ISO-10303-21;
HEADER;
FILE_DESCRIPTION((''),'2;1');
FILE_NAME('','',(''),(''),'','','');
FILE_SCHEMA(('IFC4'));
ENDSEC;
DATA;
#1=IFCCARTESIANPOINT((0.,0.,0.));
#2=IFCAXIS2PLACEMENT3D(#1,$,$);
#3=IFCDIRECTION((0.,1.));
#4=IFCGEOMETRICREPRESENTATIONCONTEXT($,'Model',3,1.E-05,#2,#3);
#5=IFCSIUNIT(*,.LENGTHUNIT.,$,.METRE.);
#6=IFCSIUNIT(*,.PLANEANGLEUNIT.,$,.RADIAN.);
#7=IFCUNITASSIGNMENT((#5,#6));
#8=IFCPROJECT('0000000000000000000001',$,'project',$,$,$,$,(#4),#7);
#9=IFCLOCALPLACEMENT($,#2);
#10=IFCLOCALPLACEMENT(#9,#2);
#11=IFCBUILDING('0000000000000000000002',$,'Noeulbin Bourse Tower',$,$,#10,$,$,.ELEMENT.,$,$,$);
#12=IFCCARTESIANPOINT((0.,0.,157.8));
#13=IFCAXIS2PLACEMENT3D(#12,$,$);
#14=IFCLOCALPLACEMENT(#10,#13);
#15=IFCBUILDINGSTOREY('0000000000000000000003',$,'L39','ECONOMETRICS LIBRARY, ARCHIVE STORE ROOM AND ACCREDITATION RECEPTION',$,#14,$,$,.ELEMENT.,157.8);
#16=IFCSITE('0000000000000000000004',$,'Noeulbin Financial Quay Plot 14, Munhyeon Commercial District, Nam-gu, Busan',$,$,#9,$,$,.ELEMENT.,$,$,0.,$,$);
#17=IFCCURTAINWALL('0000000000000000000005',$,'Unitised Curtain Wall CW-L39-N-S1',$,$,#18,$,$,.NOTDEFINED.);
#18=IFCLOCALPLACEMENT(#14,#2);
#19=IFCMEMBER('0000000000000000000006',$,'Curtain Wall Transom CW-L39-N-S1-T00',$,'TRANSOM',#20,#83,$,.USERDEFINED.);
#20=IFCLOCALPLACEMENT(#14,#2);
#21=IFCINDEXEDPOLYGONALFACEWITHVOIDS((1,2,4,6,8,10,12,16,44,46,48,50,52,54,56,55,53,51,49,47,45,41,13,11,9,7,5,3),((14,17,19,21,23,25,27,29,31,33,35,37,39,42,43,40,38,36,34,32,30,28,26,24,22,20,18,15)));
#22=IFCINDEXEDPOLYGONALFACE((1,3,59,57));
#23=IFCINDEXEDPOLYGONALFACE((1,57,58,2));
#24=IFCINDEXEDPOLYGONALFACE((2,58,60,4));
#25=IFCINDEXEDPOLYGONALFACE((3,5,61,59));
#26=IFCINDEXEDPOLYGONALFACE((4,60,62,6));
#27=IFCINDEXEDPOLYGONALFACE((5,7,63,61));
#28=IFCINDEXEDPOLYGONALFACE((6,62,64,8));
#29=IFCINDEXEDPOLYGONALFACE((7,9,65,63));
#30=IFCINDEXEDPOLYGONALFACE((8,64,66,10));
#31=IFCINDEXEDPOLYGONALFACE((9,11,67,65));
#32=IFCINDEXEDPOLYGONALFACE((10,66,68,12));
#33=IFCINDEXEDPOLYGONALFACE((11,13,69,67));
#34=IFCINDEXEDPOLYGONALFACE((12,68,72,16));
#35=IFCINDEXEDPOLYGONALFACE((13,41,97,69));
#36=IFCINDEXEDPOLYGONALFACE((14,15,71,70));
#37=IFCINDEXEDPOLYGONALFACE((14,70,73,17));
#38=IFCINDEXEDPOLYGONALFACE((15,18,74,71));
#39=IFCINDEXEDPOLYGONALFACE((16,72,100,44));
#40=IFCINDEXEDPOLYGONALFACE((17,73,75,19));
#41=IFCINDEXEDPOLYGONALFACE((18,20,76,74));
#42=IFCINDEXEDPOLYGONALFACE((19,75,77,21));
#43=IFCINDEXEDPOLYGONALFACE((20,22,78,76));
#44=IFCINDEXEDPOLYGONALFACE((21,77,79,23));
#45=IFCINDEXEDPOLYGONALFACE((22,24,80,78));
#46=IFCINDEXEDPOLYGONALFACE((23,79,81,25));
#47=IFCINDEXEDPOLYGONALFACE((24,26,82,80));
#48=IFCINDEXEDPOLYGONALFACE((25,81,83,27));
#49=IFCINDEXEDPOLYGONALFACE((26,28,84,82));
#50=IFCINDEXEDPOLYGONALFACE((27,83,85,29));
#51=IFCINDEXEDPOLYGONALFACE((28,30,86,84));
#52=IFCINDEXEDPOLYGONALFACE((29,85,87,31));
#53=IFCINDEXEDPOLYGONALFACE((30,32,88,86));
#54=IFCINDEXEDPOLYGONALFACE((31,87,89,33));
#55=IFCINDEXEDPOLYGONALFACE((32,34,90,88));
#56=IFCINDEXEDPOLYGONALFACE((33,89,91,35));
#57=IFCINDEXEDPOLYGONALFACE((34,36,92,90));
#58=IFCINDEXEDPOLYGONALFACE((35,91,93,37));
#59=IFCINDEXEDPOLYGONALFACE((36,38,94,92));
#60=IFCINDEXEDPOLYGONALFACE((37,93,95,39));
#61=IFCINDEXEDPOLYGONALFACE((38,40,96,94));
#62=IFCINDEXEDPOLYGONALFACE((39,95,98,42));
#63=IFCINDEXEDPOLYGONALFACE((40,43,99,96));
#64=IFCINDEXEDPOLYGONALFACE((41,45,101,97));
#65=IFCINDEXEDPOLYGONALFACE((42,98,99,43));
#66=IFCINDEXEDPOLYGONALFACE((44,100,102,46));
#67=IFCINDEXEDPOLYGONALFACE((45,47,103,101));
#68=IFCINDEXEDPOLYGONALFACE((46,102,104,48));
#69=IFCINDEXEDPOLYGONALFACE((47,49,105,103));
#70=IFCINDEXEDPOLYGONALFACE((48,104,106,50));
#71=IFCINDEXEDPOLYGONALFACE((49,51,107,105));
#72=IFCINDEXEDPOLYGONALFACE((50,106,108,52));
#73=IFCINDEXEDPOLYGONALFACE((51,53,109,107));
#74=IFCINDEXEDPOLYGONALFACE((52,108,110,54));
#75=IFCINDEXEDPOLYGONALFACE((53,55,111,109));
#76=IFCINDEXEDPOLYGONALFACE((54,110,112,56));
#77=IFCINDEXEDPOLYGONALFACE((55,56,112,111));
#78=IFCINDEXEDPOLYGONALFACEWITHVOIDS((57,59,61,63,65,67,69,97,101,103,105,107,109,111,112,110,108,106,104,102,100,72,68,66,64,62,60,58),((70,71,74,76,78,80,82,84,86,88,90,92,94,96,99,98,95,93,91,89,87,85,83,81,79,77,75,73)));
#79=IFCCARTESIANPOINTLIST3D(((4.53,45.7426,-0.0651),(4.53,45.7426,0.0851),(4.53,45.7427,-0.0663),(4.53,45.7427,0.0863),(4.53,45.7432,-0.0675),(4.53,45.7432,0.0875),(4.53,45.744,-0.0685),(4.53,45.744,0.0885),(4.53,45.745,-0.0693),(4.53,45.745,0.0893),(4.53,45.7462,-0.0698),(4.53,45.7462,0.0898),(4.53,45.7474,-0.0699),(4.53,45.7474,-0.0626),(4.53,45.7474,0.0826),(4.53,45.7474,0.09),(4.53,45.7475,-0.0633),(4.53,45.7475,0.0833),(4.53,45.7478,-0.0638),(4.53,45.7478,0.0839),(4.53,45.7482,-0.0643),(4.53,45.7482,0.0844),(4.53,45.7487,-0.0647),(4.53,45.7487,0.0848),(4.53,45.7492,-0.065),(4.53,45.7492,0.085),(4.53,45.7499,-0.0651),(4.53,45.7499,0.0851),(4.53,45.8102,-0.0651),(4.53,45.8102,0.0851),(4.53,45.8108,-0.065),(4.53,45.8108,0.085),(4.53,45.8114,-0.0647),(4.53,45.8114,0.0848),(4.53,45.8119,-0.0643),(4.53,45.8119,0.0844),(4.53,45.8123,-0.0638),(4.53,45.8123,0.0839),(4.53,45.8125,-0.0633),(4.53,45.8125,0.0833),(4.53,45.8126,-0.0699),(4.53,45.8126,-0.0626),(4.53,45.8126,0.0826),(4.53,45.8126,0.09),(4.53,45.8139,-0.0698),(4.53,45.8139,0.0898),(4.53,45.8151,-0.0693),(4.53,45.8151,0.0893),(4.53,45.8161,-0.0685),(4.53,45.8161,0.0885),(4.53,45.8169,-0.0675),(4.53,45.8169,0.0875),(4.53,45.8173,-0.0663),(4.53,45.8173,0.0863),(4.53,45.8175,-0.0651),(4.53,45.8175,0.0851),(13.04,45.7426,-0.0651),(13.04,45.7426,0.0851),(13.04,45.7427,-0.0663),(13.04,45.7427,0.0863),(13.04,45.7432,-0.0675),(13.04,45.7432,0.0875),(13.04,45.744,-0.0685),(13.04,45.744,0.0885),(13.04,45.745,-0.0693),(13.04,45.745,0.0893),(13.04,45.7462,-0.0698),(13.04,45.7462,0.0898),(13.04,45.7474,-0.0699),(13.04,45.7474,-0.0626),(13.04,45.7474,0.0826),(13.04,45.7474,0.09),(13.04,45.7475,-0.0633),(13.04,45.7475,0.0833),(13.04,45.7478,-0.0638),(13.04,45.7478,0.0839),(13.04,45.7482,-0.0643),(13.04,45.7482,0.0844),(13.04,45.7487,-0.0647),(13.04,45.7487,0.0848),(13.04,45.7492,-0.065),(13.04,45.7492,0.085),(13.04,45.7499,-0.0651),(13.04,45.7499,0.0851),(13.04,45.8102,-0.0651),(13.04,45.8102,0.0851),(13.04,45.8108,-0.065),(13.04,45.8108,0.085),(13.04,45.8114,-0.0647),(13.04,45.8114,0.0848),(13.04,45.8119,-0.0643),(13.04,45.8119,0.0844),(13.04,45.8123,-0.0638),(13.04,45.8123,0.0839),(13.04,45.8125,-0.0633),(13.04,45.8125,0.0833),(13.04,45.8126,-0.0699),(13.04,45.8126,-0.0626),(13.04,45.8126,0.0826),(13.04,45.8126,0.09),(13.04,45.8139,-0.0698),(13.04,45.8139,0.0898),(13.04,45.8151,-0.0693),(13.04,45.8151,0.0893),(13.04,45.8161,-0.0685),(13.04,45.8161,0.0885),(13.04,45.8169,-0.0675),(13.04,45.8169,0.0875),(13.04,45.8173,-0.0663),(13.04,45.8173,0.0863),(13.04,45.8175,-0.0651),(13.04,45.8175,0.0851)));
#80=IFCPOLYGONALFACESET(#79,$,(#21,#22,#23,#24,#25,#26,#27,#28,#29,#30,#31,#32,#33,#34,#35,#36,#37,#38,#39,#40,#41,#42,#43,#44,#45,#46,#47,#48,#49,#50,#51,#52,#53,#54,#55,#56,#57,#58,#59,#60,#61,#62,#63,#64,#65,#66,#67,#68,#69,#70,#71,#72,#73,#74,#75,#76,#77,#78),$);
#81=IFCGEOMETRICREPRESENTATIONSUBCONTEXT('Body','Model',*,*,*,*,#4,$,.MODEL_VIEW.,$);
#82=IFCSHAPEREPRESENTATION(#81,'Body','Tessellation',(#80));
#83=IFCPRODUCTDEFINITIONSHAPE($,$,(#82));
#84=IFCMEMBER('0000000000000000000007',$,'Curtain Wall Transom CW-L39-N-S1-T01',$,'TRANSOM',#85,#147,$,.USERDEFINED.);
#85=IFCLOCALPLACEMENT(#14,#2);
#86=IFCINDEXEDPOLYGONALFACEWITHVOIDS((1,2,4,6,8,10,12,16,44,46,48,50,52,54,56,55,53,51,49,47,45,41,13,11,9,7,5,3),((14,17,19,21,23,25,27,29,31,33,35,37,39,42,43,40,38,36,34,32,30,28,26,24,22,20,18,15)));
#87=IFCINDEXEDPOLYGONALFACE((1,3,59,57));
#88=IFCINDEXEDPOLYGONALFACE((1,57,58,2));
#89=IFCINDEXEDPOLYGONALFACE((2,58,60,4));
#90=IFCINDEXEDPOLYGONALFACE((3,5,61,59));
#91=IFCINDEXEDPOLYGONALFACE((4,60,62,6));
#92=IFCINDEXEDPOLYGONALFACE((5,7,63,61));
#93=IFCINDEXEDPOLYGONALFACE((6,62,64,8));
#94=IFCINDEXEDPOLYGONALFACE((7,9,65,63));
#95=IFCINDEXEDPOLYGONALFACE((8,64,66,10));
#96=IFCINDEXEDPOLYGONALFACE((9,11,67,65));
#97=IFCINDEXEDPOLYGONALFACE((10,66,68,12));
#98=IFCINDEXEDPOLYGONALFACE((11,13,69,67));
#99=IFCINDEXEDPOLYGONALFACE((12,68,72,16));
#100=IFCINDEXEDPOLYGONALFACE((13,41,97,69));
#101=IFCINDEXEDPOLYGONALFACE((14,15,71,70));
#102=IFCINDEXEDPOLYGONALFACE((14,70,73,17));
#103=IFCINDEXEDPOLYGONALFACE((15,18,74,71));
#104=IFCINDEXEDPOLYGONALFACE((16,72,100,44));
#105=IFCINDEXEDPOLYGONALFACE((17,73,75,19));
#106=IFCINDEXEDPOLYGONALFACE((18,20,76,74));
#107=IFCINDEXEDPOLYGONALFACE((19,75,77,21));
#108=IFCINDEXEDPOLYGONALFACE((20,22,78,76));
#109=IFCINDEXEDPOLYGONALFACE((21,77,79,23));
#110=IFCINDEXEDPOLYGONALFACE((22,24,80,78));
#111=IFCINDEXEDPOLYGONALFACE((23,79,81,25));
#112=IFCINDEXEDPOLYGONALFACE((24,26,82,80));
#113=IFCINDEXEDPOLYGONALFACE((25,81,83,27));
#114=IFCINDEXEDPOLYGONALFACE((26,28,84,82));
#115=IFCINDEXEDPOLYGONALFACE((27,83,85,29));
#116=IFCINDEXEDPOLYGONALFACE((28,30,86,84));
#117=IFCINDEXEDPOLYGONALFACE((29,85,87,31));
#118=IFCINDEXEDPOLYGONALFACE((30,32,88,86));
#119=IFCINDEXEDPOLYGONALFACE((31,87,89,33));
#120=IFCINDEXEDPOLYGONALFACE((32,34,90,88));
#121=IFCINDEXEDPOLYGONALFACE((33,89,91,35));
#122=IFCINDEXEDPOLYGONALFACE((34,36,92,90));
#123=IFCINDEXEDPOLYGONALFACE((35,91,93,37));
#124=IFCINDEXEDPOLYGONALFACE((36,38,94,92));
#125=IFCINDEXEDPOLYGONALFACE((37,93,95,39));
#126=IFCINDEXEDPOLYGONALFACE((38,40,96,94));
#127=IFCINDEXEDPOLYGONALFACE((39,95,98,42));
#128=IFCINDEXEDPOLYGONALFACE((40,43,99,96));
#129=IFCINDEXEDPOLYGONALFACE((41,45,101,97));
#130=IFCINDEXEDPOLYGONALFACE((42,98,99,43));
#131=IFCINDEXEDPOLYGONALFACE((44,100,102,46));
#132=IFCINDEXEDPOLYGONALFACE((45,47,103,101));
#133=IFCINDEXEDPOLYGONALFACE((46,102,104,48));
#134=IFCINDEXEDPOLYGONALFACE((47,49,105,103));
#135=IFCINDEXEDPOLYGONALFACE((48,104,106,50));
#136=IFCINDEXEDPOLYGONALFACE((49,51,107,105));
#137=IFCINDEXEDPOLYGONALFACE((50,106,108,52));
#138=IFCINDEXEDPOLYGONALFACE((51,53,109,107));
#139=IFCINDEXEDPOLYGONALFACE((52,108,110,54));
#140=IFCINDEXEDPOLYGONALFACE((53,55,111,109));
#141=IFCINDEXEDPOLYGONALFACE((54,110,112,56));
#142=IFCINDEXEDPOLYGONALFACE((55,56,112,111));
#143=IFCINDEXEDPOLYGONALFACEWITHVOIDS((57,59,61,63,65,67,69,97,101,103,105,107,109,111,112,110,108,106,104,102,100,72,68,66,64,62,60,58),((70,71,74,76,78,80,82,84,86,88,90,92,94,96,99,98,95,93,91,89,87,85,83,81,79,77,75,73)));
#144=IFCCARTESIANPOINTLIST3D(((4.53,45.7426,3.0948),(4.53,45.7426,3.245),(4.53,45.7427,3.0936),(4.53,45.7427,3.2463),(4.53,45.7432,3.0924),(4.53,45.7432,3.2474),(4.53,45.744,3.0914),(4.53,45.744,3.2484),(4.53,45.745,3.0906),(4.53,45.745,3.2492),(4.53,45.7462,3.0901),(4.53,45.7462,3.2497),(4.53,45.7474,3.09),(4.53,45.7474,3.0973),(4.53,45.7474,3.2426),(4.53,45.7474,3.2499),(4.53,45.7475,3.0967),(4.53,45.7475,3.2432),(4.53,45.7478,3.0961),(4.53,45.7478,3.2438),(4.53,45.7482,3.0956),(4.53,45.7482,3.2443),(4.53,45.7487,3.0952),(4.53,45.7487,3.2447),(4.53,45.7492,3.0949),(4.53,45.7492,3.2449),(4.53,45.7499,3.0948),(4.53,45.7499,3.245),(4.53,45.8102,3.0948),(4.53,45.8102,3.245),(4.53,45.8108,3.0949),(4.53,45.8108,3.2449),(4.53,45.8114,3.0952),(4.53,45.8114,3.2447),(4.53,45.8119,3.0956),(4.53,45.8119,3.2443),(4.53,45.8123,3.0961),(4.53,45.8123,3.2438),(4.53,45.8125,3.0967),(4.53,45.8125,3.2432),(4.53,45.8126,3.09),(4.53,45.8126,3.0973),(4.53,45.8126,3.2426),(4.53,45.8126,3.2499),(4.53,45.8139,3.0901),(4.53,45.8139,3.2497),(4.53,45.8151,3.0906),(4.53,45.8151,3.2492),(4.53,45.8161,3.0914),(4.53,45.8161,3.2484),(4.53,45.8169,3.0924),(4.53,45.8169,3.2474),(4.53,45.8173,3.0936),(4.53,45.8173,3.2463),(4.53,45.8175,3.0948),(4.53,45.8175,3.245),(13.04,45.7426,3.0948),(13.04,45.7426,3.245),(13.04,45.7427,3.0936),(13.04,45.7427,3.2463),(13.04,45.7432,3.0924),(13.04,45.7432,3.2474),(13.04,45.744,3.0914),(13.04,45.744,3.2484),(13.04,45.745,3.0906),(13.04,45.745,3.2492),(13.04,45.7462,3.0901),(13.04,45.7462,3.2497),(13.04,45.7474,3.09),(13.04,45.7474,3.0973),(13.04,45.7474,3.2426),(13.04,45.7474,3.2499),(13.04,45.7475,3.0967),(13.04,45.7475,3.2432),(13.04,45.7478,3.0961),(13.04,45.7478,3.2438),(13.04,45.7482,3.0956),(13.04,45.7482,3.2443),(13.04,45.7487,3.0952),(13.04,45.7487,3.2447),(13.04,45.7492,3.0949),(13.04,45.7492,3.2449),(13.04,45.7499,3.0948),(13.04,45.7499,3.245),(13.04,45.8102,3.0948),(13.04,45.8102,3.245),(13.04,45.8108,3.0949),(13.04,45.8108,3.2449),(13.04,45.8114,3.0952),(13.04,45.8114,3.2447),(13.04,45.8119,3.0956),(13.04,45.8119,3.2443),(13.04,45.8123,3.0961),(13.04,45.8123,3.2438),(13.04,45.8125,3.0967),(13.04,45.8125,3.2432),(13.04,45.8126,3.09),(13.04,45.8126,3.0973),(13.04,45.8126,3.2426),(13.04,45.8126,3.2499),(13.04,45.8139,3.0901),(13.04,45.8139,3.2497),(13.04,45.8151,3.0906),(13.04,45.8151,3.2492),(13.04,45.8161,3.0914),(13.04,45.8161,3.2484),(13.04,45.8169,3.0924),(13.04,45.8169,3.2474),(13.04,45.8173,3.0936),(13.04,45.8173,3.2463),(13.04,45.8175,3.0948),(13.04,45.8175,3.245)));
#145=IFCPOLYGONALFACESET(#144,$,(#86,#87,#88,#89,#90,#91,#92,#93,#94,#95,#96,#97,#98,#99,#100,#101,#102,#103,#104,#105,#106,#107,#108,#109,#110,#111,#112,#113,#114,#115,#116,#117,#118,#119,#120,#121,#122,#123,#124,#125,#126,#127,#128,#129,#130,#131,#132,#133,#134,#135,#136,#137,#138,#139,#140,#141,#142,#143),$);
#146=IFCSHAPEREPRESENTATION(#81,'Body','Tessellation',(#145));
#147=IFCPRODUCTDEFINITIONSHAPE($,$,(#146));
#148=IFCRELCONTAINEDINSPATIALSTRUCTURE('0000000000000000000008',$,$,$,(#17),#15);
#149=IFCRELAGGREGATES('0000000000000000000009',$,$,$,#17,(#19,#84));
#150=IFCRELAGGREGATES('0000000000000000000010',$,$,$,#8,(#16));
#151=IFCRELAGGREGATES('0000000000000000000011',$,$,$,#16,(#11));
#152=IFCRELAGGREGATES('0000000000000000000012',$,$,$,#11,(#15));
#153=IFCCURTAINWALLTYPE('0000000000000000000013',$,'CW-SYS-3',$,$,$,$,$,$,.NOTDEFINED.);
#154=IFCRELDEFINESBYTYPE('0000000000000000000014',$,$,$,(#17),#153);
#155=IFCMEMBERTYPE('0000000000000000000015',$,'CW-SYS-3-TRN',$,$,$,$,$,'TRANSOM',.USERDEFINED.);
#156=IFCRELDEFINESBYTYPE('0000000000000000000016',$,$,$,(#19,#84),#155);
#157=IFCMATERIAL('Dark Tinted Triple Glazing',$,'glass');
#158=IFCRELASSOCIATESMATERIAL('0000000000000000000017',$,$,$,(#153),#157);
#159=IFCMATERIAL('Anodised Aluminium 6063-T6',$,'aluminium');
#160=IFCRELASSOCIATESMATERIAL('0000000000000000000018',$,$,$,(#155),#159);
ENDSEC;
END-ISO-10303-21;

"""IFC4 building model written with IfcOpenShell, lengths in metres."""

from ifc_helpers import new_model, si_unit, direction, frame, origin, origin_2d, place, context, subcontext, project, spatial, hollow_rectangle, extrude, material, material_profile, profile_set, type_object, element, aggregate, save


model = new_model("IFC4")

# Units and contexts
model_context = context("Model", 3, precision=1e-05, world=origin(), true_north=direction((0.0, 1.0)))
body_context = subcontext(model_context, "Body", "Model", "MODEL_VIEW")
ifc_project = project(units=[si_unit("LENGTHUNIT", "METRE"), si_unit("PLANEANGLEUNIT", "RADIAN")], contexts=[model_context])

# Site, building, storey
site_placement = place(None, origin())
site = spatial("IfcSite", under=ifc_project, at=site_placement, Name="Noeulbin Financial Quay Plot 14, Munhyeon Commercial District, Nam-gu, Busan", CompositionType="ELEMENT", RefElevation=0.0)
building_placement = place(site_placement, origin())
building = spatial("IfcBuilding", under=site, at=building_placement, Name="Noeulbin Bourse Tower", CompositionType="ELEMENT")
storey_placement = place(building_placement, frame((0.0, 0.0, 157.8)))
storey = spatial("IfcBuildingStorey", under=building, at=storey_placement, Name="L39", Description="ECONOMETRICS LIBRARY, ARCHIVE STORE ROOM AND ACCREDITATION RECEPTION", CompositionType="ELEMENT", Elevation=157.8)

# Curtain wall
ifc_material_1 = material(Name="Dark Tinted Triple Glazing", Category="glass")
curtain_wall_type = type_object("IfcCurtainWallType", Name="CW-SYS-3", PredefinedType="NOTDEFINED", material=ifc_material_1)
curtain_wall_1_placement = place(storey_placement, origin())
curtain_wall_1 = element("IfcCurtainWall", 1, at=curtain_wall_1_placement, inside=storey, type_object=curtain_wall_type, Name="Unitised Curtain Wall CW-L39-N-S1", PredefinedType="NOTDEFINED")
ifc_material_2 = material(Name="Anodised Aluminium 6063-T6", Category="aluminium")

# Members
ifc_material_profile_1 = material_profile(ifc_material_2, hollow_rectangle(XDim=0.075, YDim=0.1599, WallThickness=0.0049, InnerFilletRadius=0.0024, OuterFilletRadius=0.0049, at=origin_2d()), Name="ALU-TRAN-75x160x5", Category="LoadBearing")
ifc_profile_set_1 = profile_set([ifc_material_profile_1], Name="Anodised Aluminium 6063-T6")
member_type_1 = type_object("IfcMemberType", Name="CW-SYS-3-TRN", ElementType="TRANSOM", PredefinedType="USERDEFINED", material=ifc_profile_set_1)
member_1_placement = place(storey_placement, frame((4.53, 45.78, 0.01), z_axis=(1.0, 0.0, 0.0), x_axis=(0.0, 1.0, 0.0)))
member_1 = element("IfcMember", 2, at=member_1_placement, type_object=member_type_1, Name="Curtain Wall Transom CW-L39-N-S1-T00", ObjectType="TRANSOM", PredefinedType="USERDEFINED", context=body_context, shape_type="SweptSolid", body=[
    extrude(hollow_rectangle(XDim=0.075, YDim=0.1599, WallThickness=0.0049, InnerFilletRadius=0.0024, OuterFilletRadius=0.0049, at=origin_2d()), origin(), (0.0, 0.0, 1.0), 8.51),
])
member_2_placement = place(storey_placement, frame((4.53, 45.78, 3.1699), z_axis=(1.0, 0.0, 0.0), x_axis=(0.0, 1.0, 0.0)))
member_2 = element("IfcMember", 3, at=member_2_placement, type_object=member_type_1, Name="Curtain Wall Transom CW-L39-N-S1-T01", ObjectType="TRANSOM", PredefinedType="USERDEFINED", context=body_context, shape_type="SweptSolid", body=[
    extrude(hollow_rectangle(XDim=0.075, YDim=0.1599, WallThickness=0.0049, InnerFilletRadius=0.0024, OuterFilletRadius=0.0049, at=origin_2d()), origin(), (0.0, 0.0, 1.0), 8.51),
])

aggregate(curtain_wall_1, [member_1, member_2])

save(model, "model.ifc")
